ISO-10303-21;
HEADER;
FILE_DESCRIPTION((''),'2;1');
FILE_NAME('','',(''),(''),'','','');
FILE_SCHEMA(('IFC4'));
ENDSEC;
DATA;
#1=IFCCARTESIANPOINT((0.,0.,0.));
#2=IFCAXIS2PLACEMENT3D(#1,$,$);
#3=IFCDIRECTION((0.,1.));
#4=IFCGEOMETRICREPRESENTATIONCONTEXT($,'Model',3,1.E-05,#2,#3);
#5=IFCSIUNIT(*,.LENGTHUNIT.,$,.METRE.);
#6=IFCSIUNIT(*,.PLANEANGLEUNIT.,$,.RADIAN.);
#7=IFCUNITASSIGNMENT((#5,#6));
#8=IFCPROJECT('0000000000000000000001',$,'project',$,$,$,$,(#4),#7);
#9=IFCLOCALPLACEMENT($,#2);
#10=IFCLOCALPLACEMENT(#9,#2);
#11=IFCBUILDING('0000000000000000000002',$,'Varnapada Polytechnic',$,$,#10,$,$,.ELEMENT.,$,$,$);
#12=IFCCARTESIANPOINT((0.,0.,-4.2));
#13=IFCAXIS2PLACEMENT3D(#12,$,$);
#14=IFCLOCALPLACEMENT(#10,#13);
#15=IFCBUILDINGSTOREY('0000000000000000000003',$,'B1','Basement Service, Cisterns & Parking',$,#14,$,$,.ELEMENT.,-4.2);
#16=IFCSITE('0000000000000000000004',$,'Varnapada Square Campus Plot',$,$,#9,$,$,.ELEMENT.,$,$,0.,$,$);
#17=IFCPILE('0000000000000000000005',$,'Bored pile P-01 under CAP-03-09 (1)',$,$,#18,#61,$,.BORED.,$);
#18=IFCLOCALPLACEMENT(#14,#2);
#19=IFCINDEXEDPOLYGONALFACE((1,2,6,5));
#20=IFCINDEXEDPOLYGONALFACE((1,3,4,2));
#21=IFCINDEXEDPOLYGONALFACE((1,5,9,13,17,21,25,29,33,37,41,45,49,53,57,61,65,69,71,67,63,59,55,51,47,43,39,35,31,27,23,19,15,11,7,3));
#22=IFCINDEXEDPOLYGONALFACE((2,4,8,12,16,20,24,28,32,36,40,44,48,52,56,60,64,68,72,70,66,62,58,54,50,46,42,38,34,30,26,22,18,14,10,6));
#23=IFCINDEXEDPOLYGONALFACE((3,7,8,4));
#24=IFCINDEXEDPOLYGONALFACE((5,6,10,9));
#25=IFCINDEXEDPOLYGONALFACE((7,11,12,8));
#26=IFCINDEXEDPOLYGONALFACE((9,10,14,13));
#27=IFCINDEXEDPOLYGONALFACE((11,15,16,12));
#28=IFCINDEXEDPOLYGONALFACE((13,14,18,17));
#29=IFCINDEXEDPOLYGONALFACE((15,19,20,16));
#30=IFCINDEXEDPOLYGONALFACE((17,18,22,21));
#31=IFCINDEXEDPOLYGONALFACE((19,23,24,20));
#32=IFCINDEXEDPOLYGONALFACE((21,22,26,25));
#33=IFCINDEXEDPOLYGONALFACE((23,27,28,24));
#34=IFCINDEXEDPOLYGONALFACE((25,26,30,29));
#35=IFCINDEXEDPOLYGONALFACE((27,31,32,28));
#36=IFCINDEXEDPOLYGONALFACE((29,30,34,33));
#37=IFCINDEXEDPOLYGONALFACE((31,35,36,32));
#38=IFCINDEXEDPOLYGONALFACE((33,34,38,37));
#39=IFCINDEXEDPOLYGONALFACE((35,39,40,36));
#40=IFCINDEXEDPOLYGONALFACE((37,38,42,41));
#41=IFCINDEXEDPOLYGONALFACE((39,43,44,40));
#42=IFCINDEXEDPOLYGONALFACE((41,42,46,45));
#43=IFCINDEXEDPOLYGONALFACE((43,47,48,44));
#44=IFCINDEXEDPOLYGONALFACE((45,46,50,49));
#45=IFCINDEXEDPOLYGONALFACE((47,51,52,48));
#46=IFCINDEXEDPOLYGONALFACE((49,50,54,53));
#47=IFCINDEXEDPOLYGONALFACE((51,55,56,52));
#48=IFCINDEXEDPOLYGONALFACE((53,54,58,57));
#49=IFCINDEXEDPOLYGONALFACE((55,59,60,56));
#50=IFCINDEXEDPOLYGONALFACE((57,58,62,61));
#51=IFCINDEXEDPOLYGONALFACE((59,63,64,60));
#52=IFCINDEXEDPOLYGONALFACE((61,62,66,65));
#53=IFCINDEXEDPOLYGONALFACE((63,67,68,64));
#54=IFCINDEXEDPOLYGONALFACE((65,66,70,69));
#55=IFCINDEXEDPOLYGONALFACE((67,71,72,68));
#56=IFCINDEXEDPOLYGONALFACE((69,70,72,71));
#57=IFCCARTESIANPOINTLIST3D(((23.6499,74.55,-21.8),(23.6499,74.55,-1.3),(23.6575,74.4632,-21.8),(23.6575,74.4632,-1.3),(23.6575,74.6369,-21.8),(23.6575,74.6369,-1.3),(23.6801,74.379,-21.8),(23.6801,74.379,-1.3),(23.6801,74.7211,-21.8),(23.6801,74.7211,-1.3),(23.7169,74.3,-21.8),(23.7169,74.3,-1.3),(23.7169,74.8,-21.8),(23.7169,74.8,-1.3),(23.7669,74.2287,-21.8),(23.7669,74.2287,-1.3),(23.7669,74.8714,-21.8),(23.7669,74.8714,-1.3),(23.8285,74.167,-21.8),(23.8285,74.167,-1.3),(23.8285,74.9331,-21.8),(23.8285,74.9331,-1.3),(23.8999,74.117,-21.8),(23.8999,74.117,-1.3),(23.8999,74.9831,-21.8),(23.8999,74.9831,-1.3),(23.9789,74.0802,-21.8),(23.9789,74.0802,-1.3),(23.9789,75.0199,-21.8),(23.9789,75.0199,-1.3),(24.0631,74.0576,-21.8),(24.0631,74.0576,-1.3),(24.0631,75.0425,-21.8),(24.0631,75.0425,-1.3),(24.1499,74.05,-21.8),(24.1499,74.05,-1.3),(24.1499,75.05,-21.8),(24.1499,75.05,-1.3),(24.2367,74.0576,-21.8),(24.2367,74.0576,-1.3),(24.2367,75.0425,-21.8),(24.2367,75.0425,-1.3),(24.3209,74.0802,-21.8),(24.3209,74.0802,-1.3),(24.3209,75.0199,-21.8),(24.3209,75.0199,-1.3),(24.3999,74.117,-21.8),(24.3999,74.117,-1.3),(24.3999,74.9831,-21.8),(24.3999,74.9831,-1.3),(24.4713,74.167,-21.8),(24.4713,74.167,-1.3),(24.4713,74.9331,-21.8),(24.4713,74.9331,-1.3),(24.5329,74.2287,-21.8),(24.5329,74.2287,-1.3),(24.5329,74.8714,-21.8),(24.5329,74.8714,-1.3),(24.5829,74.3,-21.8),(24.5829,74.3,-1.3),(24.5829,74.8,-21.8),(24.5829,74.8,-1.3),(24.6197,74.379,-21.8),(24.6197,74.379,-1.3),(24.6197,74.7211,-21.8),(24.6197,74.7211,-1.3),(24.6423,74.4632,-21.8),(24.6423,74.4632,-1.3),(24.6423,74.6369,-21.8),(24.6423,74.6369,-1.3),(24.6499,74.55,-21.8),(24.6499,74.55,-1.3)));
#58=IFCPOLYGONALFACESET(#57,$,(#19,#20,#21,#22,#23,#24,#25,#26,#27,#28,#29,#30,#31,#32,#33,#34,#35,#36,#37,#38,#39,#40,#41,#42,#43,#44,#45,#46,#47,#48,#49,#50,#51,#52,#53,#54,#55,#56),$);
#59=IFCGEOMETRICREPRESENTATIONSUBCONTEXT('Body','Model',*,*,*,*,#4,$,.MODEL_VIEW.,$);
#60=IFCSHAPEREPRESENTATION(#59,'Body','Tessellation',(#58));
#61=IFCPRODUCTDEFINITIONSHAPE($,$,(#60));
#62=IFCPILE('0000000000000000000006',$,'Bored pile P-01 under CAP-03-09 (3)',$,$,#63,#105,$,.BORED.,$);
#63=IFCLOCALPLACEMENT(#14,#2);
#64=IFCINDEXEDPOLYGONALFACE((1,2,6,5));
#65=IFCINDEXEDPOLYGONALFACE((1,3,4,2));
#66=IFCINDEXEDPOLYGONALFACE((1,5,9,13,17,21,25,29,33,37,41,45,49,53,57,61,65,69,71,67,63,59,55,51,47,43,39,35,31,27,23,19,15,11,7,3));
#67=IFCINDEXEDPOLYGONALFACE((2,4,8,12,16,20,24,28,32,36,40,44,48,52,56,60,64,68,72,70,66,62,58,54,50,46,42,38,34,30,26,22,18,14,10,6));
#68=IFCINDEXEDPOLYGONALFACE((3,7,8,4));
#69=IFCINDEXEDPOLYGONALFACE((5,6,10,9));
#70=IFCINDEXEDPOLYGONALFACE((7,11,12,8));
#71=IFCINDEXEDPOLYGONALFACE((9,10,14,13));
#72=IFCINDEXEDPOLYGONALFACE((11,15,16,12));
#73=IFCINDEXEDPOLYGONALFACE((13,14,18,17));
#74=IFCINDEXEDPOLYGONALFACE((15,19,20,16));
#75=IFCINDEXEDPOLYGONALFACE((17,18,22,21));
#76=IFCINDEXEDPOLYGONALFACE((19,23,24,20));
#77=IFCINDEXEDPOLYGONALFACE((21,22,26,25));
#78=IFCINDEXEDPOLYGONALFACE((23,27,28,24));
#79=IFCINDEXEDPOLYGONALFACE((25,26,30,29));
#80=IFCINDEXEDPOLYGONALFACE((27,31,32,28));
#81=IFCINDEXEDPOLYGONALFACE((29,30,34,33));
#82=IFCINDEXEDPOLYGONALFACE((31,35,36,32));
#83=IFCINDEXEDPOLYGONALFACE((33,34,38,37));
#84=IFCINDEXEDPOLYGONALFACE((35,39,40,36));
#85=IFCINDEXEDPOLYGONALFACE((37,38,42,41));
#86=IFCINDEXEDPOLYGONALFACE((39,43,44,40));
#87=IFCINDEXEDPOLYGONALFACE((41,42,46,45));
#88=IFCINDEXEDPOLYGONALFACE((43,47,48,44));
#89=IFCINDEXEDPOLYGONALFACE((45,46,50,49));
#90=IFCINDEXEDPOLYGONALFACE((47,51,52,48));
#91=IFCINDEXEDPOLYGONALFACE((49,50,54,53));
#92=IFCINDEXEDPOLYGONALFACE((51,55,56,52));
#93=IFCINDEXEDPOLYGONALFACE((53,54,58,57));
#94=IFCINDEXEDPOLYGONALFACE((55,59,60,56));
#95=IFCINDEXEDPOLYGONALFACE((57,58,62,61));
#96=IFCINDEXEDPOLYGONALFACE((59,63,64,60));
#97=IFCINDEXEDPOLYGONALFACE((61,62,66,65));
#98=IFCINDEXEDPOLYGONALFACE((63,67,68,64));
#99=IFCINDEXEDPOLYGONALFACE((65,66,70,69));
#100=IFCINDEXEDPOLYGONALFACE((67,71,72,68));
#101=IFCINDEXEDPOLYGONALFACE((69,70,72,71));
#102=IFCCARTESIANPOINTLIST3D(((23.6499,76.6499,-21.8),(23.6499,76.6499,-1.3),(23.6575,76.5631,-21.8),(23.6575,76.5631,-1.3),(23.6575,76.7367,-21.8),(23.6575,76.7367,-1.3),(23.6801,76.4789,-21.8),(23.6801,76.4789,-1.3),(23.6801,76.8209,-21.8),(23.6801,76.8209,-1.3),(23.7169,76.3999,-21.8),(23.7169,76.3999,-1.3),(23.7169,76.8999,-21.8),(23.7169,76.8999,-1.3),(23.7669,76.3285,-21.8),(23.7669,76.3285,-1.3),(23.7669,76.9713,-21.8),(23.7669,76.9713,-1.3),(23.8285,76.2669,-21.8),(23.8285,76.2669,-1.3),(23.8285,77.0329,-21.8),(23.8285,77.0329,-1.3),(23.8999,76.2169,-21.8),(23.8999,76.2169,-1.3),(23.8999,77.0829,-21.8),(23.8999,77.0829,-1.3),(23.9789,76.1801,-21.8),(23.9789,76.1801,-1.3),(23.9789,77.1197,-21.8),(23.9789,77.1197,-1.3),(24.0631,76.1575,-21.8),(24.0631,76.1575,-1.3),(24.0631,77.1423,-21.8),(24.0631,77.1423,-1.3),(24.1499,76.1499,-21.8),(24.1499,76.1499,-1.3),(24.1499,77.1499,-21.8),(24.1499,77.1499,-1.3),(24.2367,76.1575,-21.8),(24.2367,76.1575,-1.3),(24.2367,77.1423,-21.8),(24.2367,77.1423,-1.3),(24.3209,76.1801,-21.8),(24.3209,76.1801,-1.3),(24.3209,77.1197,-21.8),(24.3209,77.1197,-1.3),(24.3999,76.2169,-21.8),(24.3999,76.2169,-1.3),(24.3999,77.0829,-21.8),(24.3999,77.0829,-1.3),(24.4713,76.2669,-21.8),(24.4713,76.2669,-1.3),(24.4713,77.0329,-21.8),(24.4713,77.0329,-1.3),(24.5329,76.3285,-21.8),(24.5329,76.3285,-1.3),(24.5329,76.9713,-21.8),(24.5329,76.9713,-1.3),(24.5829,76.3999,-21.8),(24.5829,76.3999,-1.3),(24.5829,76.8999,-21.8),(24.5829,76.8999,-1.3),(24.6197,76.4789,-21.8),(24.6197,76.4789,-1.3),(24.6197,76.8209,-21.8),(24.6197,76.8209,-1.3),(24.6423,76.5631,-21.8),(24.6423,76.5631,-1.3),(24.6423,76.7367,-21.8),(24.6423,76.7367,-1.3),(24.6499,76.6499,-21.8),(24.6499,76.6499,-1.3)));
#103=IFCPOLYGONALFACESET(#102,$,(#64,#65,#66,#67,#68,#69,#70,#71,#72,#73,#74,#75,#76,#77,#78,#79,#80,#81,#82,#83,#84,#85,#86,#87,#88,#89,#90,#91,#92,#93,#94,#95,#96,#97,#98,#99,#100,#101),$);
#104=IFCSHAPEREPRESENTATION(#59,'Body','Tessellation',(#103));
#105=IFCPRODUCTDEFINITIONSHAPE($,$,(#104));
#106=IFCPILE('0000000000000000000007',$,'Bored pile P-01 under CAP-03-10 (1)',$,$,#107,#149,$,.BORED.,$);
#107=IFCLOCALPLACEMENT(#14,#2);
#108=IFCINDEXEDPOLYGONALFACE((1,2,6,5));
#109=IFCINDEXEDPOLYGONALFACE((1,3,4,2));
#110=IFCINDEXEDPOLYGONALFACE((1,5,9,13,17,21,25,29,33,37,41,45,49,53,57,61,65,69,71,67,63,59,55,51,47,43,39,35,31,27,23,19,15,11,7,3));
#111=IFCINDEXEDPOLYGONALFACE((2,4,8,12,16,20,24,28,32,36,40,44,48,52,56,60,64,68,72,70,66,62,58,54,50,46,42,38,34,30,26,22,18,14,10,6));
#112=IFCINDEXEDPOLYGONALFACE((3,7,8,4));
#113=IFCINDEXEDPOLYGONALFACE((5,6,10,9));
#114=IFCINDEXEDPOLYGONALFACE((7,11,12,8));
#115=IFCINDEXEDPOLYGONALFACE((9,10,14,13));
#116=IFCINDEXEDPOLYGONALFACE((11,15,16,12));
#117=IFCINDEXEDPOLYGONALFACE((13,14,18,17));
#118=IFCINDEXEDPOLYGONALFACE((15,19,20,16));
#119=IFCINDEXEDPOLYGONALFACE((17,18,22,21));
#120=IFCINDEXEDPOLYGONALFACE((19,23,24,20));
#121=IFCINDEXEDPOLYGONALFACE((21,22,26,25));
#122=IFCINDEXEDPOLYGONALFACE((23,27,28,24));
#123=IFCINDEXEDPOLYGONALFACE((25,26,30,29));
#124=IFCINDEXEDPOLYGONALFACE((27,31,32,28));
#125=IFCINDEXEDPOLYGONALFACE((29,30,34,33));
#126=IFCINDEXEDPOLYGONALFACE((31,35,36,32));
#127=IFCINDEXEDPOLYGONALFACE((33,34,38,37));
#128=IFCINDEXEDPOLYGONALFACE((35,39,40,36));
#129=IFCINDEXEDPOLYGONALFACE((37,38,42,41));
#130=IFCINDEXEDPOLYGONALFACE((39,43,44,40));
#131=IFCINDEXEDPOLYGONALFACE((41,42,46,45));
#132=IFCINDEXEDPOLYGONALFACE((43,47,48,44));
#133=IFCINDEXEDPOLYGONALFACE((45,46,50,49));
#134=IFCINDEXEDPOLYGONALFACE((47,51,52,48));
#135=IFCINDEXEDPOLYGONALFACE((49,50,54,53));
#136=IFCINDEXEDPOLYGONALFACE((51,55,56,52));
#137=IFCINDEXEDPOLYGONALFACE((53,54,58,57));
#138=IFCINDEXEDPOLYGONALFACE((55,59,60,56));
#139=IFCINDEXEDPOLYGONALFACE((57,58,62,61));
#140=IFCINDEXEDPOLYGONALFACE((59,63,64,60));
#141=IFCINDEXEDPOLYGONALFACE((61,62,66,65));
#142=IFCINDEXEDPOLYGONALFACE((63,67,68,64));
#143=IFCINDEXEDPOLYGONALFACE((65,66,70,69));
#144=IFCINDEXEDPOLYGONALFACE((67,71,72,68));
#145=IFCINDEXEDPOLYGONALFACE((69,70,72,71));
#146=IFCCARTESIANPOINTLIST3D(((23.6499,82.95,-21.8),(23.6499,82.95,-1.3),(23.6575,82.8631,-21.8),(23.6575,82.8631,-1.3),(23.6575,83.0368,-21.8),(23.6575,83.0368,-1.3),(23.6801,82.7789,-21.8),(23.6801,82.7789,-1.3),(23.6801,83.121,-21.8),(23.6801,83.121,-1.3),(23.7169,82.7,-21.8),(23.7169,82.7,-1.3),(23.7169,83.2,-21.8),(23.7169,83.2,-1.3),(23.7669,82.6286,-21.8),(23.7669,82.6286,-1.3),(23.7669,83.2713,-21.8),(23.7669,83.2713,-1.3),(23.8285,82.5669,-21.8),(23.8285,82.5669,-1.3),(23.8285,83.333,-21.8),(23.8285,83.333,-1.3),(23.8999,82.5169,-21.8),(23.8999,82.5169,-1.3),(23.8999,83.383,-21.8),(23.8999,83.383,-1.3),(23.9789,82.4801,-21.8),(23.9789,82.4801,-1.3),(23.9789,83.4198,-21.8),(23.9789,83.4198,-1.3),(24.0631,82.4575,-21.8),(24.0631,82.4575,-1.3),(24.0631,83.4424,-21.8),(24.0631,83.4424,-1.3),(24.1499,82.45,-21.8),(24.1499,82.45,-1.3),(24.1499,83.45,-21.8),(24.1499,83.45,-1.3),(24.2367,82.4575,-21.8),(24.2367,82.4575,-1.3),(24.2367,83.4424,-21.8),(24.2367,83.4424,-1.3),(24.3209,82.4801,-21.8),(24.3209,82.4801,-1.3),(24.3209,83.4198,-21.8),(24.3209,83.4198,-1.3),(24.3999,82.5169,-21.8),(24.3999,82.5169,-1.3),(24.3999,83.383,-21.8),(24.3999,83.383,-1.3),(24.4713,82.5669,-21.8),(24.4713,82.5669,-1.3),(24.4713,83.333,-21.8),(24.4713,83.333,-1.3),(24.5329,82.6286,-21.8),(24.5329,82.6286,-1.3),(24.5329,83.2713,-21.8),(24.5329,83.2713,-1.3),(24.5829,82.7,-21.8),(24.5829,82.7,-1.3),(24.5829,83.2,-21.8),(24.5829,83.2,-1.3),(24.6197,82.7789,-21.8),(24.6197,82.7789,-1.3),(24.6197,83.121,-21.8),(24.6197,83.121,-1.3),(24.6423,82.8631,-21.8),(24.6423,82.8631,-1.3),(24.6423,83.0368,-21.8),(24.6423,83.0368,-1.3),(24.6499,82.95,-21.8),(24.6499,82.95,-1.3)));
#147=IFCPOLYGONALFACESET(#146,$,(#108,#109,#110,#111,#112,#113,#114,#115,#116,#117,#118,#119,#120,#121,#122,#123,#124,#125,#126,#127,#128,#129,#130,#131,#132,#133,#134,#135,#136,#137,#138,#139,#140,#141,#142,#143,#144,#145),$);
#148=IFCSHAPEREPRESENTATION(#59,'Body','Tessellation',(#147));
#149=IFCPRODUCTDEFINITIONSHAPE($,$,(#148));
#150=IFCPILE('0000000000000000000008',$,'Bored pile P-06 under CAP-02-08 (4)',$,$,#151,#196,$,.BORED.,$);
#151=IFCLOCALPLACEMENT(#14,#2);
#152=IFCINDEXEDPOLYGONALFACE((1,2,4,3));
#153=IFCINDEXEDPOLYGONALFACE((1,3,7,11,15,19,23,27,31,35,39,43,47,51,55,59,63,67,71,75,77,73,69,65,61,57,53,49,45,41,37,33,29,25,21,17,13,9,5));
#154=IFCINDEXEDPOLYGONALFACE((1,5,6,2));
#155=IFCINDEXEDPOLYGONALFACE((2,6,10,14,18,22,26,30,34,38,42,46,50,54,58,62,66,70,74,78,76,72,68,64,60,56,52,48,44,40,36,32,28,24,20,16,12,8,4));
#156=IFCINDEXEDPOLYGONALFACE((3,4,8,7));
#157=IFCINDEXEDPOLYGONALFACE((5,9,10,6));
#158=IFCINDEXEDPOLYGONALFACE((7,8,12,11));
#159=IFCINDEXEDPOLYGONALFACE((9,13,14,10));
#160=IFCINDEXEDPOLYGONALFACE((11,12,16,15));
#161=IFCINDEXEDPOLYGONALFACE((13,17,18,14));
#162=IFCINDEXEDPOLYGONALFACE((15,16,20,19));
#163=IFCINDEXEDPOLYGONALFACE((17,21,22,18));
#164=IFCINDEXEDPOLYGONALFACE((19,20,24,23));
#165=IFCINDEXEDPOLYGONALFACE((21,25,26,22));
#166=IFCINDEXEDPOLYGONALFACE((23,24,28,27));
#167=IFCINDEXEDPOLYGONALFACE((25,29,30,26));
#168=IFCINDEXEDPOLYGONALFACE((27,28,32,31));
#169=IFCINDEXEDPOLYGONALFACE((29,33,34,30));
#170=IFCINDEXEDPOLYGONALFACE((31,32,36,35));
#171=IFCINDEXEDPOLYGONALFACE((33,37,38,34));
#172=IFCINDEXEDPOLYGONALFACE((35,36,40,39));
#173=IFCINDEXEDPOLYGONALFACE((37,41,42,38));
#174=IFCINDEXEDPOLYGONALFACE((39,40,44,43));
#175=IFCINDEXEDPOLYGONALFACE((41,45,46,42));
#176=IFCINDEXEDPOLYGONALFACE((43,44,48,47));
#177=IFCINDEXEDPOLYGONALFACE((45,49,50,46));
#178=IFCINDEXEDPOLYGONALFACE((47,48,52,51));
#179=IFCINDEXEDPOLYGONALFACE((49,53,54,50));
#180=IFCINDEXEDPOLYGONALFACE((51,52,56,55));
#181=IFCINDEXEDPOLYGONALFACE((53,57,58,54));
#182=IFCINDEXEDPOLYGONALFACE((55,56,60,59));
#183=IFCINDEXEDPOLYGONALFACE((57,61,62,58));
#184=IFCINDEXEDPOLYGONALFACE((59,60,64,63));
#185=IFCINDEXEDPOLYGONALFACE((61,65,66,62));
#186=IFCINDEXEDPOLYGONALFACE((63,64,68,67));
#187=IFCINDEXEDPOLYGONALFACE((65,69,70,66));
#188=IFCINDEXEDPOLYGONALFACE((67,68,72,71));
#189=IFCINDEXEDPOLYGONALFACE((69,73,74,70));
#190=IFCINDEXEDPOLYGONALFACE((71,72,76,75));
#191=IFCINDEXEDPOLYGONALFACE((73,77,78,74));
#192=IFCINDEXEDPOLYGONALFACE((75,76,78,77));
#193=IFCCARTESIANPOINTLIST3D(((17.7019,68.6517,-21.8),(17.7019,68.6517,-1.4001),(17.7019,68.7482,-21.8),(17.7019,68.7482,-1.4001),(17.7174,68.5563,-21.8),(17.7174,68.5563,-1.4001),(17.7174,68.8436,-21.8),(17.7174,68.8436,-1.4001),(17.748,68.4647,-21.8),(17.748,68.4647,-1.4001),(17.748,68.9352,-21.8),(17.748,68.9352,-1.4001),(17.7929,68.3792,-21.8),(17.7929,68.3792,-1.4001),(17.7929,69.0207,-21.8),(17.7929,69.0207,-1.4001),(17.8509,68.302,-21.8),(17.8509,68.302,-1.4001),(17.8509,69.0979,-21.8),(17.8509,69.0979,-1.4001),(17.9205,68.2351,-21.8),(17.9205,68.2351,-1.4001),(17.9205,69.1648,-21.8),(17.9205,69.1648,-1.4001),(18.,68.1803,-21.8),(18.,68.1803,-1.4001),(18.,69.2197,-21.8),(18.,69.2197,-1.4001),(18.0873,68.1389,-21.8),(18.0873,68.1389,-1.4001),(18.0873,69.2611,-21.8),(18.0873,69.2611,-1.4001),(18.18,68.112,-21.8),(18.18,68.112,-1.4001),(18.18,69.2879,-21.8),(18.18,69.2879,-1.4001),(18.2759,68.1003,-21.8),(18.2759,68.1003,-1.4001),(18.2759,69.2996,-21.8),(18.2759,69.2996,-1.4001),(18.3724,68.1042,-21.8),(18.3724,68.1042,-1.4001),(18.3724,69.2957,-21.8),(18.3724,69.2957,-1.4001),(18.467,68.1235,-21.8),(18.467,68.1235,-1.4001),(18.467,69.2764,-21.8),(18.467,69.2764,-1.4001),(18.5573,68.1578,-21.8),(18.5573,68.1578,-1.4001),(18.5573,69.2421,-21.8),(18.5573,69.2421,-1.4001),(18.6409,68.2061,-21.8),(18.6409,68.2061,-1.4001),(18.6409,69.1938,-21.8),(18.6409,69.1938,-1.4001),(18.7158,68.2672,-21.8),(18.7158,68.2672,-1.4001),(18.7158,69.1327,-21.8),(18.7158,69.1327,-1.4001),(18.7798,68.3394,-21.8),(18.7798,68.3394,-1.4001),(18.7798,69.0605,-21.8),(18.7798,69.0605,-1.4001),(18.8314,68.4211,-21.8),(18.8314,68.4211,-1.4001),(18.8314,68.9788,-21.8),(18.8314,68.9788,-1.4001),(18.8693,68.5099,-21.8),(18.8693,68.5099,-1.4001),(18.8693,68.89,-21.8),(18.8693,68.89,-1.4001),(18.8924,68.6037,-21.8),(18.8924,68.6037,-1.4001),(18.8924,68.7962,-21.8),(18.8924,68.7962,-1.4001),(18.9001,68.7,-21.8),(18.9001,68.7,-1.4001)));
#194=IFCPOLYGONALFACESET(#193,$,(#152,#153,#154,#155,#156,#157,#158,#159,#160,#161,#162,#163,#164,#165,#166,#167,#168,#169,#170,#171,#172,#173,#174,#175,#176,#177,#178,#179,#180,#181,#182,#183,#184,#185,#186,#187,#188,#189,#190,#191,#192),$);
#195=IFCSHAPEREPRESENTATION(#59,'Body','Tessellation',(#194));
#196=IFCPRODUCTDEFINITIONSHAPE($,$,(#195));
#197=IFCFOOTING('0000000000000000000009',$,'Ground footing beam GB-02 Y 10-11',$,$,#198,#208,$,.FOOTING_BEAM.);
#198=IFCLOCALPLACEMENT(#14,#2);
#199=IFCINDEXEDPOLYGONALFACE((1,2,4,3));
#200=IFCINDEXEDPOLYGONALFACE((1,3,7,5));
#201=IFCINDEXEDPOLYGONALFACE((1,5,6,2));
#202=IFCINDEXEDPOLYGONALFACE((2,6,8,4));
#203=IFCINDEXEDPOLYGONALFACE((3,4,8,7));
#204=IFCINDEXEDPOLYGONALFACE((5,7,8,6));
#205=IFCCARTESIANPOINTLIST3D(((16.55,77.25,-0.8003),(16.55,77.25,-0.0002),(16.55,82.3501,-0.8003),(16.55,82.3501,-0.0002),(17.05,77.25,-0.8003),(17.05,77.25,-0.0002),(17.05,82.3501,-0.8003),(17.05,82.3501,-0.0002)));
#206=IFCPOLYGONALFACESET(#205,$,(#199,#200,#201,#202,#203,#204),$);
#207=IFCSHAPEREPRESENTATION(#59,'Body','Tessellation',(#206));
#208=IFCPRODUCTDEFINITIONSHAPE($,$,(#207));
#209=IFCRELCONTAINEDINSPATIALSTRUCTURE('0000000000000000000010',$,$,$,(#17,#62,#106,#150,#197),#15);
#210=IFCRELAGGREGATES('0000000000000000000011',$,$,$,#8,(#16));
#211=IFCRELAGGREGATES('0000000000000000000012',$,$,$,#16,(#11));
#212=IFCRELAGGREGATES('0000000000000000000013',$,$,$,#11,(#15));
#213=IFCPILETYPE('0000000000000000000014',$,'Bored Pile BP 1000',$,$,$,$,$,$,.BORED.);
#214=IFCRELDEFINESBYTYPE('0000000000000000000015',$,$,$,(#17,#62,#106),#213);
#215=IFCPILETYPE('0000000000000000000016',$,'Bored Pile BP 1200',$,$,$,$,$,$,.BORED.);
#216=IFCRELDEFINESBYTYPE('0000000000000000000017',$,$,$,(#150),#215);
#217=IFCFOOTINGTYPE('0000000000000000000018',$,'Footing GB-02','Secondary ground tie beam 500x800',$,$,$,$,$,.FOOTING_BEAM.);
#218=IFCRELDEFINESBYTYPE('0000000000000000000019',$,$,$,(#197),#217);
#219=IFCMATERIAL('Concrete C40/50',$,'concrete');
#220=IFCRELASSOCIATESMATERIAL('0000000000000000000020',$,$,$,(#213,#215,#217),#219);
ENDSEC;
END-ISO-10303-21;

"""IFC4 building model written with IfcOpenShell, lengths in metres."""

from ifc_helpers import new_model, si_unit, direction, frame, origin, origin_2d, place, context, subcontext, project, spatial, rectangle, circle, extrude, material, material_profile, profile_set, type_object, element, save


model = new_model("IFC4")

# Units and contexts
model_context = context("Model", 3, precision=1e-05, world=origin(), true_north=direction((0.0, 1.0)))
body_context = subcontext(model_context, "Body", "Model", "MODEL_VIEW")
ifc_project = project(units=[si_unit("LENGTHUNIT", "METRE"), si_unit("PLANEANGLEUNIT", "RADIAN")], contexts=[model_context])

# Site, building, storey
site_placement = place(None, origin())
site = spatial("IfcSite", under=ifc_project, at=site_placement, Name="Varnapada Square Campus Plot", CompositionType="ELEMENT", RefElevation=0.0)
building_placement = place(site_placement, origin())
building = spatial("IfcBuilding", under=site, at=building_placement, Name="Varnapada Polytechnic", CompositionType="ELEMENT")
storey_placement = place(building_placement, frame((0.0, 0.0, -4.2)))
storey = spatial("IfcBuildingStorey", under=building, at=storey_placement, Name="B1", Description="Basement Service, Cisterns & Parking", CompositionType="ELEMENT", Elevation=-4.2)

# Piles
ifc_material_1 = material(Name="Concrete C40/50", Category="concrete")
ifc_material_profile_1 = material_profile(ifc_material_1, circle(Radius=0.5, at=origin_2d()), Name="BP 1000")
ifc_profile_set_1 = profile_set([ifc_material_profile_1], Name="Concrete C40/50")
pile_type_1 = type_object("IfcPileType", Name="Bored Pile BP 1000", PredefinedType="BORED", material=ifc_profile_set_1)
for number, where, z_axis, x_axis, name in (
    (1, (24.1499, 74.55, -1.3), (0.0, 0.0, -1.0), (1.0, 0.0, 0.0), "Bored pile P-01 under CAP-03-09 (1)"),
    (2, (24.1499, 76.6499, -1.3), (0.0, 0.0, -1.0), (1.0, 0.0, 0.0), "Bored pile P-01 under CAP-03-09 (3)"),
    (3, (24.1499, 82.95, -1.3), (0.0, 0.0, -1.0), (1.0, 0.0, 0.0), "Bored pile P-01 under CAP-03-10 (1)"),
):
    element("IfcPile", number, at=place(storey_placement, frame(where, z_axis=z_axis, x_axis=x_axis)), inside=storey, type_object=pile_type_1, Name=name, PredefinedType="BORED", context=body_context, shape_type="SweptSolid", body=[
        extrude(circle(Radius=0.5, at=origin_2d()), origin(), (0.0, 0.0, 1.0), 20.5),
    ])
ifc_material_profile_2 = material_profile(ifc_material_1, circle(Radius=0.6001, at=origin_2d()), Name="BP 1200")
ifc_profile_set_2 = profile_set([ifc_material_profile_2], Name="Concrete C40/50")
pile_type_2 = type_object("IfcPileType", Name="Bored Pile BP 1200", PredefinedType="BORED", material=ifc_profile_set_2)
pile_placement = place(storey_placement, frame((18.3, 68.7, -1.4001), z_axis=(0.0, 0.0, -1.0), x_axis=(1.0, 0.0, 0.0)))
element("IfcPile", 4, at=pile_placement, inside=storey, type_object=pile_type_2, Name="Bored pile P-06 under CAP-02-08 (4)", PredefinedType="BORED", context=body_context, shape_type="SweptSolid", body=[
    extrude(circle(Radius=0.6001, at=origin_2d()), origin(), (0.0, 0.0, 1.0), 20.3999),
])

# Footing
footing_type_1 = type_object("IfcFootingType", Name="Footing GB-02", Description="Secondary ground tie beam 500x800", PredefinedType="FOOTING_BEAM", material=ifc_material_1)
for number, where, z_axis, x_axis, name in (
    (5, (16.8, 79.8, -0.8003), (0.0, 0.0, 1.0), (0.0, 1.0, 0.0), "Ground footing beam GB-02 Y 10-11"),
):
    element("IfcFooting", number, at=place(storey_placement, frame(where, z_axis=z_axis, x_axis=x_axis)), inside=storey, type_object=footing_type_1, Name=name, PredefinedType="FOOTING_BEAM", context=body_context, shape_type="SweptSolid", body=[
        extrude(rectangle(XDim=5.1001, YDim=0.5, at=origin_2d()), origin(), (0.0, 0.0, 1.0), 0.8),
    ])

save(model, "model.ifc")
